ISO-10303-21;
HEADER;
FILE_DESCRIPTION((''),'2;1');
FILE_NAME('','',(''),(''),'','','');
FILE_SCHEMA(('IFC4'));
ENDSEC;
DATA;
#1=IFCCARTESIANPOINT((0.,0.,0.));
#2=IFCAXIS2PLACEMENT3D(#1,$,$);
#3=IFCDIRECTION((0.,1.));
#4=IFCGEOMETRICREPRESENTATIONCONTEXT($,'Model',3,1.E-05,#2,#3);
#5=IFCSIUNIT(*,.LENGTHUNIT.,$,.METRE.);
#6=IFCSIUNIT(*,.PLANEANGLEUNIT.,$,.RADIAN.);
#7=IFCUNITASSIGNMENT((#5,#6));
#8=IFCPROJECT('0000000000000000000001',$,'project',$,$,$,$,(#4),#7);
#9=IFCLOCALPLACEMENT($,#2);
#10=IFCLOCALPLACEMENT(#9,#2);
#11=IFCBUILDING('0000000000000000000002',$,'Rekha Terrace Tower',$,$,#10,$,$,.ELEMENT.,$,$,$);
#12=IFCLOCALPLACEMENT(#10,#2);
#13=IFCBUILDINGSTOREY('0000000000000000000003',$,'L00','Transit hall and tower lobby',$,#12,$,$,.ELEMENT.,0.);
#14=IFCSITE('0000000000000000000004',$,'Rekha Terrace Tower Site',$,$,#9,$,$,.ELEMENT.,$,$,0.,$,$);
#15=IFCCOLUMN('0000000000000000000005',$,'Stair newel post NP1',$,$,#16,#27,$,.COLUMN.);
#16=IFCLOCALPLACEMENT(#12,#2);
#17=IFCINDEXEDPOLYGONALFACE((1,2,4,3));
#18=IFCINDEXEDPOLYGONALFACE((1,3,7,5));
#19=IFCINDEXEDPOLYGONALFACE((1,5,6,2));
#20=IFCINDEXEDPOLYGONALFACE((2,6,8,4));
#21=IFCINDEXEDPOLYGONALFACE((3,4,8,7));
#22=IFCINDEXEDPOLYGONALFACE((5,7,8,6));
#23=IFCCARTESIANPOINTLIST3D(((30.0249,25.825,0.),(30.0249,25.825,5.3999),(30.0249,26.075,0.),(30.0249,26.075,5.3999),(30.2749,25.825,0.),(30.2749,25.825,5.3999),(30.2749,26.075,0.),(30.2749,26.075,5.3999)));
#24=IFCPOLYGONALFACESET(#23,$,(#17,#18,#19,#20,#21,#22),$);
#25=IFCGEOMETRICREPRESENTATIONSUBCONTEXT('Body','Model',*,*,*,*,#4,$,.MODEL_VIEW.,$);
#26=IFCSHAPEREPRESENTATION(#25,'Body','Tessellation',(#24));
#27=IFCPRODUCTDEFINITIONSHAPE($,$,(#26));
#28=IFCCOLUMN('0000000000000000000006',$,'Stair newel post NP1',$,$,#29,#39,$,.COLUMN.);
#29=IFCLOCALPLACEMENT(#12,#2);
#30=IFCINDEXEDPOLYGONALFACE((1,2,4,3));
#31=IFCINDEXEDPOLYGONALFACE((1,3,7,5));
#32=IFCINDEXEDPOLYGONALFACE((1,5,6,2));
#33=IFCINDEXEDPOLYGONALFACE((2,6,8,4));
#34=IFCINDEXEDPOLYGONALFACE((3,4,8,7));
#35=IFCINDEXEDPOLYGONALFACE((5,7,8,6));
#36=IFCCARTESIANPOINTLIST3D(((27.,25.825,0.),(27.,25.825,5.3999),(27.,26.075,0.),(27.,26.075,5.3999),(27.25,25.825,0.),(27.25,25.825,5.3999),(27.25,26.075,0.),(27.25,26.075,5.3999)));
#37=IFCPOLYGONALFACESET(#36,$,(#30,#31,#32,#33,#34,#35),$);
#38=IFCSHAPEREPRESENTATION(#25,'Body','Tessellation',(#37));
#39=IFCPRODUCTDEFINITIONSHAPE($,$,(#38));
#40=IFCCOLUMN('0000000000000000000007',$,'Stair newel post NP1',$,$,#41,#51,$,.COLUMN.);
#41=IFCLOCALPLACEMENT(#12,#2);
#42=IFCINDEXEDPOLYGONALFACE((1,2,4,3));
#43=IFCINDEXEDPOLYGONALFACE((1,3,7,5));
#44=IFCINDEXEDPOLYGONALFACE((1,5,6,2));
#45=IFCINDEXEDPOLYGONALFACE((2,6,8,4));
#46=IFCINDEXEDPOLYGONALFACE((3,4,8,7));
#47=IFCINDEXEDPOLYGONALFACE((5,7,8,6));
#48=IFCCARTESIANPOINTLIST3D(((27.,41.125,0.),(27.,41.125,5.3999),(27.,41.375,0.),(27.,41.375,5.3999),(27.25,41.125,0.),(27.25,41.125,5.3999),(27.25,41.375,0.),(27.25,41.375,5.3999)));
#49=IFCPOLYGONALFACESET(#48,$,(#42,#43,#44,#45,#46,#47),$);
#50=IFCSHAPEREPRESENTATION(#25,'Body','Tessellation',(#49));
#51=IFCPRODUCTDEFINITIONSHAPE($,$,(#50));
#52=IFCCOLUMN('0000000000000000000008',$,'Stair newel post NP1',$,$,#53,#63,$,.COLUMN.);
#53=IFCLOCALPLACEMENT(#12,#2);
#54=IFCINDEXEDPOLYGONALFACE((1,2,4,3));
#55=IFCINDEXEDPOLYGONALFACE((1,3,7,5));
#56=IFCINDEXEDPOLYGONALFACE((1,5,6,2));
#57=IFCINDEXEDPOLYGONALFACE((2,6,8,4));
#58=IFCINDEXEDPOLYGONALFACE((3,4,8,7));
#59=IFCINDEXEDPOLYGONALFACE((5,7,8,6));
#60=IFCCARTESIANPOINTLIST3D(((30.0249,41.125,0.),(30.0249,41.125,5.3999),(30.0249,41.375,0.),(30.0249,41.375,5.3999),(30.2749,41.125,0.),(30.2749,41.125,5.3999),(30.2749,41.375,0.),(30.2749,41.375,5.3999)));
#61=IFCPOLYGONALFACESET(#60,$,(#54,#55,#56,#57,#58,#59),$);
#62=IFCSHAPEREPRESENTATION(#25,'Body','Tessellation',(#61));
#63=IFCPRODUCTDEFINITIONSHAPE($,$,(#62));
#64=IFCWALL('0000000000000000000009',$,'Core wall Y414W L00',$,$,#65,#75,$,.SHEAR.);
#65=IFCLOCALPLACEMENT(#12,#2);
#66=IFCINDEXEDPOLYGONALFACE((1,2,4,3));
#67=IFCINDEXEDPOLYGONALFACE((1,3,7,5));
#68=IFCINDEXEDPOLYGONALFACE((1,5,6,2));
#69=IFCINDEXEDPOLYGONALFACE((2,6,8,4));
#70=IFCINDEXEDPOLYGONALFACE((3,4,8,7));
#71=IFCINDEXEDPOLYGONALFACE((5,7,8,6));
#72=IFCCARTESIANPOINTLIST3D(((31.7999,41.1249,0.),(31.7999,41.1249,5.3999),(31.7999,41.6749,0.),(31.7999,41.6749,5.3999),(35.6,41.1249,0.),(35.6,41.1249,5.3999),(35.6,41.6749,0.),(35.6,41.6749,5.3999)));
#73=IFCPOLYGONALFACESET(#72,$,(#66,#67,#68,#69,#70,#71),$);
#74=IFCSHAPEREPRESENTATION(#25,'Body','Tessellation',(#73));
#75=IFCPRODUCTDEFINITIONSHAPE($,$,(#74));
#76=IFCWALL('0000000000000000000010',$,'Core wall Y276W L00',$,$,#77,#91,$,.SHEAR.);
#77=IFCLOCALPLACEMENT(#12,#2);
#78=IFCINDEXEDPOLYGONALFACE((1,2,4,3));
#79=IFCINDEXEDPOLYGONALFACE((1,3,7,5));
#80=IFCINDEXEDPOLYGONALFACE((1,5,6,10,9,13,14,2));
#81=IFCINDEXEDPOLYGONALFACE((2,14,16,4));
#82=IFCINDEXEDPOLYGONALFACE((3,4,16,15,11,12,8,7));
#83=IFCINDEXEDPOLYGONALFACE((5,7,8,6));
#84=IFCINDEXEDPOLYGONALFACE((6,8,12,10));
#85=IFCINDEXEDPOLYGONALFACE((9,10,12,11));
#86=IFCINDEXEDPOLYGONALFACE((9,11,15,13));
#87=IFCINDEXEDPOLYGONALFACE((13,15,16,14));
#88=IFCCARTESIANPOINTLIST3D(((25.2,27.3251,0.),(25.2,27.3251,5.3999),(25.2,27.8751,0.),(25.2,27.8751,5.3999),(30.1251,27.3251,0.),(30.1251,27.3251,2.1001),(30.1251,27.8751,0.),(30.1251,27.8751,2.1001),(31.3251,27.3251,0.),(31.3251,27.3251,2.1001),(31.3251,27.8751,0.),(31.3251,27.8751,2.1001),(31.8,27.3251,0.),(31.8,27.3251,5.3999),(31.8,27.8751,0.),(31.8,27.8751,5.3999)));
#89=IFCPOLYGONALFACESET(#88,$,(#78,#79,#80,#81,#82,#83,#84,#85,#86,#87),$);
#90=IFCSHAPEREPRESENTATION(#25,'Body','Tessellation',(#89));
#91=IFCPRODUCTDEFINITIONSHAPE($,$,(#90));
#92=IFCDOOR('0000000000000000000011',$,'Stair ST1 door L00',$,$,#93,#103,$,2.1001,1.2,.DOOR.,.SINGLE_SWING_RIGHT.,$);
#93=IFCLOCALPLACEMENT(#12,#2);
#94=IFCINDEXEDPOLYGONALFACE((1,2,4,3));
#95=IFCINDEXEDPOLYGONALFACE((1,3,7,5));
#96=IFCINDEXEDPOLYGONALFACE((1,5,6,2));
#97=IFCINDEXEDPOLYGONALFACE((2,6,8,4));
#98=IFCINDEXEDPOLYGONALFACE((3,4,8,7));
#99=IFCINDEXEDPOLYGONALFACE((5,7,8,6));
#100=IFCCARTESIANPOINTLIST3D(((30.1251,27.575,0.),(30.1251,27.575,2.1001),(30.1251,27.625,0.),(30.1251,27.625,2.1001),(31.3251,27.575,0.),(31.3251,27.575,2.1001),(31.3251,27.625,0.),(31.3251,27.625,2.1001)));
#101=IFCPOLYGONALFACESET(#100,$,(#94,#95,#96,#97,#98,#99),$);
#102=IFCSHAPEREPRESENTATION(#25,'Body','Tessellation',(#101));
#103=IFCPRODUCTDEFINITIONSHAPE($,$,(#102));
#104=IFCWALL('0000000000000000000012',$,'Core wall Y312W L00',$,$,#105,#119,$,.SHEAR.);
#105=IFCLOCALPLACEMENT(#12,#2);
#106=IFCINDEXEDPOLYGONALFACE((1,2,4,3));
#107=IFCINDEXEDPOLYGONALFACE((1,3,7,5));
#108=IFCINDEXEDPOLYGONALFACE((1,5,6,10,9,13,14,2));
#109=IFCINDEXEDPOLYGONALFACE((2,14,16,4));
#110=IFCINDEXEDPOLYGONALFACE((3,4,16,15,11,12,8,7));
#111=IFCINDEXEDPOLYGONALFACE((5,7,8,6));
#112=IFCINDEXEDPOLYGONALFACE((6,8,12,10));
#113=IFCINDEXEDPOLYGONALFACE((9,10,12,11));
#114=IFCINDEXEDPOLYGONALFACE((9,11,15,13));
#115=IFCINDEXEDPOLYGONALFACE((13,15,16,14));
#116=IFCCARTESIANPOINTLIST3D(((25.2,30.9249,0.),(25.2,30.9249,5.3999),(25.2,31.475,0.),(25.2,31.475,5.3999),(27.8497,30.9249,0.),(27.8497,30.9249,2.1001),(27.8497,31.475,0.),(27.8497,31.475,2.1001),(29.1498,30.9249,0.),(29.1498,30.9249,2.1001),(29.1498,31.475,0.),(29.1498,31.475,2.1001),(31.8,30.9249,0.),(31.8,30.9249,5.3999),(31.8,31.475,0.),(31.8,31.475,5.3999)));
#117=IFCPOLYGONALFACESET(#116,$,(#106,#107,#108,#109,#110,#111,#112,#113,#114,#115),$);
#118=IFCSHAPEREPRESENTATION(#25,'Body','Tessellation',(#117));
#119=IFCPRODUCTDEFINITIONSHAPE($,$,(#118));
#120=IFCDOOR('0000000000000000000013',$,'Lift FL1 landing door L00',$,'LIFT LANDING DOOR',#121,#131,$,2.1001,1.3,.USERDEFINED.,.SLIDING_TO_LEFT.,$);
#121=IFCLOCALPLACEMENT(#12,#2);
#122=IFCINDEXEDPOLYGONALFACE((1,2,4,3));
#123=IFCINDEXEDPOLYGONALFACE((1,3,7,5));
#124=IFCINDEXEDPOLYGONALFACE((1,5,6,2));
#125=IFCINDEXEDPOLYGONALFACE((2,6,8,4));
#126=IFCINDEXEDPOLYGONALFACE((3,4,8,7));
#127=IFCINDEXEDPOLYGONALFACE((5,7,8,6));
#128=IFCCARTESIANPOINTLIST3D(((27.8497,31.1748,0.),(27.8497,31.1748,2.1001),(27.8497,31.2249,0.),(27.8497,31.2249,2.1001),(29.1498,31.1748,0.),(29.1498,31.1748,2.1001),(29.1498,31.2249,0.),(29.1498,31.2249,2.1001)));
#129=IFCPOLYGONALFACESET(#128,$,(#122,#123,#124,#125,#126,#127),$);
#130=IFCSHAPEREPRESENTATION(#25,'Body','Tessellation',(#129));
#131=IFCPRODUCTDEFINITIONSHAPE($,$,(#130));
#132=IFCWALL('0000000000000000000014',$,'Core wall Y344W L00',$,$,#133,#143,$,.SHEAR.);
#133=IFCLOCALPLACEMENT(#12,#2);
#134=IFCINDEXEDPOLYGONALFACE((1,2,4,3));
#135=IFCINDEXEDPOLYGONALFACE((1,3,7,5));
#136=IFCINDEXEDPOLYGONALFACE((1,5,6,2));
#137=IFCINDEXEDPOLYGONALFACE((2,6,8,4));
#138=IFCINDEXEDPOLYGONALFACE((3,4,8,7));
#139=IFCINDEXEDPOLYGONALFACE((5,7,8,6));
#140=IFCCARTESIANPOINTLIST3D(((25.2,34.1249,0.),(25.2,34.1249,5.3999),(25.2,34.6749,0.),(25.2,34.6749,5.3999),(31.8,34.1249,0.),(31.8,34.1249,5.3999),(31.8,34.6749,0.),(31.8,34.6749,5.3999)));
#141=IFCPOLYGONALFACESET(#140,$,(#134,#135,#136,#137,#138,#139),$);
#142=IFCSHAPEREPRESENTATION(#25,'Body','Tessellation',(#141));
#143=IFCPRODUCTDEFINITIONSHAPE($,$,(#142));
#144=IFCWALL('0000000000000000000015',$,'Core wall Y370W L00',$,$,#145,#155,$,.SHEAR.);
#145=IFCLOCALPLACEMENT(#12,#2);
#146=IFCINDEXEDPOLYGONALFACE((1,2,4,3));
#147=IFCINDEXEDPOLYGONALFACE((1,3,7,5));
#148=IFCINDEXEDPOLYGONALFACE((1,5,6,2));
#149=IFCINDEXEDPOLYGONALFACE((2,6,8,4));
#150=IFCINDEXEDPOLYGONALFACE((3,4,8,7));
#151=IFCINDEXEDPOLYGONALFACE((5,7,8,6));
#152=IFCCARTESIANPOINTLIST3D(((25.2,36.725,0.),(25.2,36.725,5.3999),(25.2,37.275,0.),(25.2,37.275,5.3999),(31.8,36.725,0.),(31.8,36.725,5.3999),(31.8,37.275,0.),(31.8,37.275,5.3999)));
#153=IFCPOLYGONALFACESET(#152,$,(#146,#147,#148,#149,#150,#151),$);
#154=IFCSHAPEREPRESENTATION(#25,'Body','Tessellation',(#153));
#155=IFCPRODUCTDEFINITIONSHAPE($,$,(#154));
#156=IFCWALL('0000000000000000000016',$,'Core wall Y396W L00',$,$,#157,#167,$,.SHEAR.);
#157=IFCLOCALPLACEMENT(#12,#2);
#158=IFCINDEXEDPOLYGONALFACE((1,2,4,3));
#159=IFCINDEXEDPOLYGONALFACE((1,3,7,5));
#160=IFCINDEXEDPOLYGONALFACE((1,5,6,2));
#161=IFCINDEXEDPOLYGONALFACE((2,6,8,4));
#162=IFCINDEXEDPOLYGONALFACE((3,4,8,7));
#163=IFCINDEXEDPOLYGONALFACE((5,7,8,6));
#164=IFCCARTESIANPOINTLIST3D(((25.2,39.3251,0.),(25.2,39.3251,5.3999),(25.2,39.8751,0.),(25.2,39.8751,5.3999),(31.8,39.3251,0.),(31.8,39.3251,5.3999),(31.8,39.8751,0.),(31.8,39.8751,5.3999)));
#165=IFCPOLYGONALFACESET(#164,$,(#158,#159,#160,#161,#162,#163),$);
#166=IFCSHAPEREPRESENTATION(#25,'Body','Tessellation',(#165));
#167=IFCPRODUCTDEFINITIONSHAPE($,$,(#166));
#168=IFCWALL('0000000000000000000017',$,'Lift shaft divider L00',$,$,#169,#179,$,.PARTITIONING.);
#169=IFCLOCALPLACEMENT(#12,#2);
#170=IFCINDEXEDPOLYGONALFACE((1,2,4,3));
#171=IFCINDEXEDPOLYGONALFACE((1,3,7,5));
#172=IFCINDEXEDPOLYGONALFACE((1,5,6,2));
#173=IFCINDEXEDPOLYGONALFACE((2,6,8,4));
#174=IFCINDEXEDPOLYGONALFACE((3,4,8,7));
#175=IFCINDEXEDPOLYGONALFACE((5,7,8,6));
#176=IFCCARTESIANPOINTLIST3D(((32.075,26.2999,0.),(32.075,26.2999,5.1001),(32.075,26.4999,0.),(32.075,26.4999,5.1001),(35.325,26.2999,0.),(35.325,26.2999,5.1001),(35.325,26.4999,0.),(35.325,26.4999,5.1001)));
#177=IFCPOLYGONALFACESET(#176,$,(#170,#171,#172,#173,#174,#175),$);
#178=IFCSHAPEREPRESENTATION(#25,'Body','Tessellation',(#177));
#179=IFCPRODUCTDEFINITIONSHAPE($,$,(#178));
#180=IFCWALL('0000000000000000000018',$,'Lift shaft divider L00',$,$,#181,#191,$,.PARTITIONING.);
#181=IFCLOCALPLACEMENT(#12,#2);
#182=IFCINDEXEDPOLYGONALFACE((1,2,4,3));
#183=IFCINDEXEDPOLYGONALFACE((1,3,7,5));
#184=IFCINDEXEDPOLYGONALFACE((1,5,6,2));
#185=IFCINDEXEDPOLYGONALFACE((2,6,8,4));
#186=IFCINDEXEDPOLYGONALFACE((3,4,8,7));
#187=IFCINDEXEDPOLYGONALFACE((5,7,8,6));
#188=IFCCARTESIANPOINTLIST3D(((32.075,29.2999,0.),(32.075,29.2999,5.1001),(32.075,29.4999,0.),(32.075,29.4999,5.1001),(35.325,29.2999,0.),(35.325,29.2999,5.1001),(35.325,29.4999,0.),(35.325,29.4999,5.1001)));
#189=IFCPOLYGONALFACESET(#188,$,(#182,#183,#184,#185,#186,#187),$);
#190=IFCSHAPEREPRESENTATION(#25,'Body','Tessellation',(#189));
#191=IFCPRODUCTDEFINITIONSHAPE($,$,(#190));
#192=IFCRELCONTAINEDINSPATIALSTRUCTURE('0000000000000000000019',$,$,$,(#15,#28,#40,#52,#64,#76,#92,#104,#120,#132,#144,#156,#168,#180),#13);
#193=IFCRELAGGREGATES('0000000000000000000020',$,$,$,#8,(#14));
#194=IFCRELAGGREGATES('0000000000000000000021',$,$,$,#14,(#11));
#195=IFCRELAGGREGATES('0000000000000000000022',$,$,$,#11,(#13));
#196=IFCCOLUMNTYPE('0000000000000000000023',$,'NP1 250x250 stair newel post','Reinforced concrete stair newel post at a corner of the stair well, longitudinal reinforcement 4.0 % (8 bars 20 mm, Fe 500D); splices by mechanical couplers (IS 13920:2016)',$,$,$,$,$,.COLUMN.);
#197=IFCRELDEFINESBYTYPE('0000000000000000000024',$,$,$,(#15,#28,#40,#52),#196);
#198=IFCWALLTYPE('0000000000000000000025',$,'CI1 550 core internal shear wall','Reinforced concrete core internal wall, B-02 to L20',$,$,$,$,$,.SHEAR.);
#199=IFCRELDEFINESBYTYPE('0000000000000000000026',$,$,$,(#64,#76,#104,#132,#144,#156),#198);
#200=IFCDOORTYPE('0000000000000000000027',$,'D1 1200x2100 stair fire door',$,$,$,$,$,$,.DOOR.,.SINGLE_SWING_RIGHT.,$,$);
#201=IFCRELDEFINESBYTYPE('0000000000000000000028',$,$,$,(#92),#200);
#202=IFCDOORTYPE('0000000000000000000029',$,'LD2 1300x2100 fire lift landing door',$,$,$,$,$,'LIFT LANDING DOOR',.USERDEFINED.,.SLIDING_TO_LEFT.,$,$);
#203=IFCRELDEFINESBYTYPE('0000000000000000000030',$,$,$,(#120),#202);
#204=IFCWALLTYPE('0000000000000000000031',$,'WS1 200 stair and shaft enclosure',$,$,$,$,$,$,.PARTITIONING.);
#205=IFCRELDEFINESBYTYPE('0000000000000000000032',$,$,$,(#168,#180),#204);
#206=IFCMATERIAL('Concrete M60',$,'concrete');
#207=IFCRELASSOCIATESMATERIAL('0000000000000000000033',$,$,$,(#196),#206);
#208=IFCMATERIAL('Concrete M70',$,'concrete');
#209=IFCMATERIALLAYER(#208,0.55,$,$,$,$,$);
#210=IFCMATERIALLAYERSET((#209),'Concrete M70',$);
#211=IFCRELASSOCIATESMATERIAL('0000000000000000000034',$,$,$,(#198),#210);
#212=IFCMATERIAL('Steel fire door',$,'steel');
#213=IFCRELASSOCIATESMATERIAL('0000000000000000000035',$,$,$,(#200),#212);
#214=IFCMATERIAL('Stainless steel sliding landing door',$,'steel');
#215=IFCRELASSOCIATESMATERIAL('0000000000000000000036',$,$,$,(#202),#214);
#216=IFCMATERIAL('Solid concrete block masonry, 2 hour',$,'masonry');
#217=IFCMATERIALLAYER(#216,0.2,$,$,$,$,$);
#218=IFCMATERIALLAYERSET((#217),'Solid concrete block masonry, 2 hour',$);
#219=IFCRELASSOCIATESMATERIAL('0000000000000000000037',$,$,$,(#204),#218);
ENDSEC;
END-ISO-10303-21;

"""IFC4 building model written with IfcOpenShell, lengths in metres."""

from ifc_helpers import new_model, si_unit, direction, frame, frame_2d, origin, origin_2d, place, context, subcontext, project, spatial, rectangle, extrude, material, layer, layer_set, material_profile, profile_set, type_object, element, fill, save


model = new_model("IFC4")

# Units and contexts
model_context = context("Model", 3, precision=1e-05, world=origin(), true_north=direction((0.0, 1.0)))
body_context = subcontext(model_context, "Body", "Model", "MODEL_VIEW")
ifc_project = project(units=[si_unit("LENGTHUNIT", "METRE"), si_unit("PLANEANGLEUNIT", "RADIAN")], contexts=[model_context])

# Site, building, storey
site_placement = place(None, origin())
site = spatial("IfcSite", under=ifc_project, at=site_placement, Name="Rekha Terrace Tower Site", CompositionType="ELEMENT", RefElevation=0.0)
building_placement = place(site_placement, origin())
building = spatial("IfcBuilding", under=site, at=building_placement, Name="Rekha Terrace Tower", CompositionType="ELEMENT")
storey_placement = place(building_placement, origin())
storey = spatial("IfcBuildingStorey", under=building, at=storey_placement, Name="L00", Description="Transit hall and tower lobby", CompositionType="ELEMENT", Elevation=0.0)

# Columns
ifc_material_1 = material(Name="Concrete M60", Category="concrete")
ifc_material_profile = material_profile(ifc_material_1, rectangle(XDim=0.25, YDim=0.25, at=origin_2d()), Name="RC 250x250")
ifc_profile_set = profile_set([ifc_material_profile], Name="Concrete M60")
column_type = type_object("IfcColumnType", Name="NP1 250x250 stair newel post", Description="Reinforced concrete stair newel post at a corner of the stair well, longitudinal reinforcement 4.0 % (8 bars 20 mm, Fe 500D); splices by mechanical couplers (IS 13920:2016)", PredefinedType="COLUMN", material=ifc_profile_set)
for number, where, z_axis, x_axis, name in (
    (1, (30.1499, 25.95, 0.0), (0.0, 0.0, 1.0), (1.0, 0.0, 0.0), "Stair newel post NP1"),
    (2, (27.125, 25.95, 0.0), (0.0, 0.0, 1.0), (1.0, 0.0, 0.0), "Stair newel post NP1"),
    (3, (27.125, 41.25, 0.0), (0.0, 0.0, 1.0), (1.0, 0.0, 0.0), "Stair newel post NP1"),
    (4, (30.1499, 41.25, 0.0), (0.0, 0.0, 1.0), (1.0, 0.0, 0.0), "Stair newel post NP1"),
):
    element("IfcColumn", number, at=place(storey_placement, frame(where, z_axis=z_axis, x_axis=x_axis)), inside=storey, type_object=column_type, Name=name, PredefinedType="COLUMN", context=body_context, shape_type="SweptSolid", body=[
        extrude(rectangle(XDim=0.25, YDim=0.25, at=origin_2d()), origin(), (0.0, 0.0, 1.0), 5.3999),
    ])

# Wall
ifc_material_2 = material(Name="Concrete M70", Category="concrete")
ifc_layer_1 = layer(ifc_material_2, 0.55)
ifc_layer_set_1 = layer_set([ifc_layer_1], Name="Concrete M70")
wall_type_1 = type_object("IfcWallType", Name="CI1 550 core internal shear wall", Description="Reinforced concrete core internal wall, B-02 to L20", PredefinedType="SHEAR", material=ifc_layer_set_1)
wall_1_placement = place(storey_placement, frame((31.8, 41.3999, 0.0), z_axis=(0.0, 0.0, 1.0), x_axis=(1.0, 0.0, 0.0)))
element("IfcWall", 5, at=wall_1_placement, inside=storey, type_object=wall_type_1, Name="Core wall Y414W L00", PredefinedType="SHEAR", context=body_context, shape_type="SweptSolid", body=[
    extrude(rectangle(XDim=3.8, YDim=0.55, at=frame_2d((1.8999, 0.0))), origin(), (0.0, 0.0, 1.0), 5.3999),
])

# Walls, openings, doors
wall_2_placement = place(storey_placement, frame((25.2, 27.6001, 0.0), z_axis=(0.0, 0.0, 1.0), x_axis=(1.0, 0.0, 0.0)))
wall_2 = element("IfcWall", 6, at=wall_2_placement, inside=storey, type_object=wall_type_1, Name="Core wall Y276W L00", PredefinedType="SHEAR", context=body_context, shape_type="SweptSolid", body=[
    extrude(rectangle(XDim=6.6001, YDim=0.55, at=frame_2d((3.3, 0.0))), origin(), (0.0, 0.0, 1.0), 5.3999),
])
opening_1_placement = place(wall_2_placement, frame((4.925, 0.0, 0.0)))
opening_1 = element("IfcOpeningElement", 7, at=opening_1_placement, cuts=wall_2, PredefinedType="OPENING", context=body_context, shape_type="SweptSolid", body=[
    extrude(rectangle(XDim=1.2, YDim=2.1001, at=frame_2d((0.6001, 1.05))), frame((0.0, 0.2849, 0.0), z_axis=(0.0, -1.0, 0.0), x_axis=(1.0, 0.0, 0.0)), (0.0, 0.0, 1.0), 0.5701),
])
ifc_material_3 = material(Name="Steel fire door", Category="steel")
door_type_1 = type_object("IfcDoorType", Name="D1 1200x2100 stair fire door", OperationType="SINGLE_SWING_RIGHT", PredefinedType="DOOR", material=ifc_material_3)
door_1_placement = place(opening_1_placement, origin())
door_1 = element("IfcDoor", 8, at=door_1_placement, inside=storey, type_object=door_type_1, Name="Stair ST1 door L00", OperationType="SINGLE_SWING_RIGHT", OverallHeight=2.1001, OverallWidth=1.2, PredefinedType="DOOR", context=body_context, shape_type="SweptSolid", body=[
    extrude(rectangle(XDim=1.2, YDim=2.1001, at=frame_2d((0.6001, 1.05))), frame((0.0, 0.0249, 0.0), z_axis=(0.0, -1.0, 0.0), x_axis=(1.0, 0.0, 0.0)), (0.0, 0.0, 1.0), 0.05),
])
fill(opening_1, door_1)
wall_3_placement = place(storey_placement, frame((25.2, 31.2, 0.0), z_axis=(0.0, 0.0, 1.0), x_axis=(1.0, 0.0, 0.0)))
wall_3 = element("IfcWall", 9, at=wall_3_placement, inside=storey, type_object=wall_type_1, Name="Core wall Y312W L00", PredefinedType="SHEAR", context=body_context, shape_type="SweptSolid", body=[
    extrude(rectangle(XDim=6.6001, YDim=0.55, at=frame_2d((3.3, 0.0))), origin(), (0.0, 0.0, 1.0), 5.3999),
])
opening_2_placement = place(wall_3_placement, frame((2.6499, 0.0, 0.0)))
opening_2 = element("IfcOpeningElement", 10, at=opening_2_placement, cuts=wall_3, PredefinedType="OPENING", context=body_context, shape_type="SweptSolid", body=[
    extrude(rectangle(XDim=1.3, YDim=2.1001, at=frame_2d((0.6499, 1.05))), frame((0.0, 0.2849, 0.0), z_axis=(0.0, -1.0, 0.0), x_axis=(1.0, 0.0, 0.0)), (0.0, 0.0, 1.0), 0.5701),
])
ifc_material_4 = material(Name="Stainless steel sliding landing door", Category="steel")
door_type_2 = type_object("IfcDoorType", Name="LD2 1300x2100 fire lift landing door", ElementType="LIFT LANDING DOOR", OperationType="SLIDING_TO_LEFT", PredefinedType="USERDEFINED", material=ifc_material_4)
door_2_placement = place(opening_2_placement, origin())
door_2 = element("IfcDoor", 11, at=door_2_placement, inside=storey, type_object=door_type_2, Name="Lift FL1 landing door L00", ObjectType="LIFT LANDING DOOR", OperationType="SLIDING_TO_LEFT", OverallHeight=2.1001, OverallWidth=1.3, PredefinedType="USERDEFINED", context=body_context, shape_type="SweptSolid", body=[
    extrude(rectangle(XDim=1.3, YDim=2.1001, at=frame_2d((0.6499, 1.05))), frame((0.0, 0.0249, 0.0), z_axis=(0.0, -1.0, 0.0), x_axis=(1.0, 0.0, 0.0)), (0.0, 0.0, 1.0), 0.05),
])
fill(opening_2, door_2)

# Walls
for number, where, z_axis, x_axis, name in (
    (12, (25.2, 34.3999, 0.0), (0.0, 0.0, 1.0), (1.0, 0.0, 0.0), "Core wall Y344W L00"),
    (13, (25.2, 37.0, 0.0), (0.0, 0.0, 1.0), (1.0, 0.0, 0.0), "Core wall Y370W L00"),
    (14, (25.2, 39.6001, 0.0), (0.0, 0.0, 1.0), (1.0, 0.0, 0.0), "Core wall Y396W L00"),
):
    element("IfcWall", number, at=place(storey_placement, frame(where, z_axis=z_axis, x_axis=x_axis)), inside=storey, type_object=wall_type_1, Name=name, PredefinedType="SHEAR", context=body_context, shape_type="SweptSolid", body=[
        extrude(rectangle(XDim=6.6001, YDim=0.55, at=frame_2d((3.3, 0.0))), origin(), (0.0, 0.0, 1.0), 5.3999),
    ])
ifc_material_5 = material(Name="Solid concrete block masonry, 2 hour", Category="masonry")
ifc_layer_2 = layer(ifc_material_5, 0.2)
ifc_layer_set_2 = layer_set([ifc_layer_2], Name="Solid concrete block masonry, 2 hour")
wall_type_2 = type_object("IfcWallType", Name="WS1 200 stair and shaft enclosure", PredefinedType="PARTITIONING", material=ifc_layer_set_2)
for number, where, z_axis, x_axis, name in (
    (15, (32.075, 26.3999, 0.0), (0.0, 0.0, 1.0), (1.0, 0.0, 0.0), "Lift shaft divider L00"),
    (16, (32.075, 29.3999, 0.0), (0.0, 0.0, 1.0), (1.0, 0.0, 0.0), "Lift shaft divider L00"),
):
    element("IfcWall", number, at=place(storey_placement, frame(where, z_axis=z_axis, x_axis=x_axis)), inside=storey, type_object=wall_type_2, Name=name, PredefinedType="PARTITIONING", context=body_context, shape_type="SweptSolid", body=[
        extrude(rectangle(XDim=3.25, YDim=0.2, at=frame_2d((1.625, 0.0))), origin(), (0.0, 0.0, 1.0), 5.1001),
    ])

save(model, "model.ifc")
